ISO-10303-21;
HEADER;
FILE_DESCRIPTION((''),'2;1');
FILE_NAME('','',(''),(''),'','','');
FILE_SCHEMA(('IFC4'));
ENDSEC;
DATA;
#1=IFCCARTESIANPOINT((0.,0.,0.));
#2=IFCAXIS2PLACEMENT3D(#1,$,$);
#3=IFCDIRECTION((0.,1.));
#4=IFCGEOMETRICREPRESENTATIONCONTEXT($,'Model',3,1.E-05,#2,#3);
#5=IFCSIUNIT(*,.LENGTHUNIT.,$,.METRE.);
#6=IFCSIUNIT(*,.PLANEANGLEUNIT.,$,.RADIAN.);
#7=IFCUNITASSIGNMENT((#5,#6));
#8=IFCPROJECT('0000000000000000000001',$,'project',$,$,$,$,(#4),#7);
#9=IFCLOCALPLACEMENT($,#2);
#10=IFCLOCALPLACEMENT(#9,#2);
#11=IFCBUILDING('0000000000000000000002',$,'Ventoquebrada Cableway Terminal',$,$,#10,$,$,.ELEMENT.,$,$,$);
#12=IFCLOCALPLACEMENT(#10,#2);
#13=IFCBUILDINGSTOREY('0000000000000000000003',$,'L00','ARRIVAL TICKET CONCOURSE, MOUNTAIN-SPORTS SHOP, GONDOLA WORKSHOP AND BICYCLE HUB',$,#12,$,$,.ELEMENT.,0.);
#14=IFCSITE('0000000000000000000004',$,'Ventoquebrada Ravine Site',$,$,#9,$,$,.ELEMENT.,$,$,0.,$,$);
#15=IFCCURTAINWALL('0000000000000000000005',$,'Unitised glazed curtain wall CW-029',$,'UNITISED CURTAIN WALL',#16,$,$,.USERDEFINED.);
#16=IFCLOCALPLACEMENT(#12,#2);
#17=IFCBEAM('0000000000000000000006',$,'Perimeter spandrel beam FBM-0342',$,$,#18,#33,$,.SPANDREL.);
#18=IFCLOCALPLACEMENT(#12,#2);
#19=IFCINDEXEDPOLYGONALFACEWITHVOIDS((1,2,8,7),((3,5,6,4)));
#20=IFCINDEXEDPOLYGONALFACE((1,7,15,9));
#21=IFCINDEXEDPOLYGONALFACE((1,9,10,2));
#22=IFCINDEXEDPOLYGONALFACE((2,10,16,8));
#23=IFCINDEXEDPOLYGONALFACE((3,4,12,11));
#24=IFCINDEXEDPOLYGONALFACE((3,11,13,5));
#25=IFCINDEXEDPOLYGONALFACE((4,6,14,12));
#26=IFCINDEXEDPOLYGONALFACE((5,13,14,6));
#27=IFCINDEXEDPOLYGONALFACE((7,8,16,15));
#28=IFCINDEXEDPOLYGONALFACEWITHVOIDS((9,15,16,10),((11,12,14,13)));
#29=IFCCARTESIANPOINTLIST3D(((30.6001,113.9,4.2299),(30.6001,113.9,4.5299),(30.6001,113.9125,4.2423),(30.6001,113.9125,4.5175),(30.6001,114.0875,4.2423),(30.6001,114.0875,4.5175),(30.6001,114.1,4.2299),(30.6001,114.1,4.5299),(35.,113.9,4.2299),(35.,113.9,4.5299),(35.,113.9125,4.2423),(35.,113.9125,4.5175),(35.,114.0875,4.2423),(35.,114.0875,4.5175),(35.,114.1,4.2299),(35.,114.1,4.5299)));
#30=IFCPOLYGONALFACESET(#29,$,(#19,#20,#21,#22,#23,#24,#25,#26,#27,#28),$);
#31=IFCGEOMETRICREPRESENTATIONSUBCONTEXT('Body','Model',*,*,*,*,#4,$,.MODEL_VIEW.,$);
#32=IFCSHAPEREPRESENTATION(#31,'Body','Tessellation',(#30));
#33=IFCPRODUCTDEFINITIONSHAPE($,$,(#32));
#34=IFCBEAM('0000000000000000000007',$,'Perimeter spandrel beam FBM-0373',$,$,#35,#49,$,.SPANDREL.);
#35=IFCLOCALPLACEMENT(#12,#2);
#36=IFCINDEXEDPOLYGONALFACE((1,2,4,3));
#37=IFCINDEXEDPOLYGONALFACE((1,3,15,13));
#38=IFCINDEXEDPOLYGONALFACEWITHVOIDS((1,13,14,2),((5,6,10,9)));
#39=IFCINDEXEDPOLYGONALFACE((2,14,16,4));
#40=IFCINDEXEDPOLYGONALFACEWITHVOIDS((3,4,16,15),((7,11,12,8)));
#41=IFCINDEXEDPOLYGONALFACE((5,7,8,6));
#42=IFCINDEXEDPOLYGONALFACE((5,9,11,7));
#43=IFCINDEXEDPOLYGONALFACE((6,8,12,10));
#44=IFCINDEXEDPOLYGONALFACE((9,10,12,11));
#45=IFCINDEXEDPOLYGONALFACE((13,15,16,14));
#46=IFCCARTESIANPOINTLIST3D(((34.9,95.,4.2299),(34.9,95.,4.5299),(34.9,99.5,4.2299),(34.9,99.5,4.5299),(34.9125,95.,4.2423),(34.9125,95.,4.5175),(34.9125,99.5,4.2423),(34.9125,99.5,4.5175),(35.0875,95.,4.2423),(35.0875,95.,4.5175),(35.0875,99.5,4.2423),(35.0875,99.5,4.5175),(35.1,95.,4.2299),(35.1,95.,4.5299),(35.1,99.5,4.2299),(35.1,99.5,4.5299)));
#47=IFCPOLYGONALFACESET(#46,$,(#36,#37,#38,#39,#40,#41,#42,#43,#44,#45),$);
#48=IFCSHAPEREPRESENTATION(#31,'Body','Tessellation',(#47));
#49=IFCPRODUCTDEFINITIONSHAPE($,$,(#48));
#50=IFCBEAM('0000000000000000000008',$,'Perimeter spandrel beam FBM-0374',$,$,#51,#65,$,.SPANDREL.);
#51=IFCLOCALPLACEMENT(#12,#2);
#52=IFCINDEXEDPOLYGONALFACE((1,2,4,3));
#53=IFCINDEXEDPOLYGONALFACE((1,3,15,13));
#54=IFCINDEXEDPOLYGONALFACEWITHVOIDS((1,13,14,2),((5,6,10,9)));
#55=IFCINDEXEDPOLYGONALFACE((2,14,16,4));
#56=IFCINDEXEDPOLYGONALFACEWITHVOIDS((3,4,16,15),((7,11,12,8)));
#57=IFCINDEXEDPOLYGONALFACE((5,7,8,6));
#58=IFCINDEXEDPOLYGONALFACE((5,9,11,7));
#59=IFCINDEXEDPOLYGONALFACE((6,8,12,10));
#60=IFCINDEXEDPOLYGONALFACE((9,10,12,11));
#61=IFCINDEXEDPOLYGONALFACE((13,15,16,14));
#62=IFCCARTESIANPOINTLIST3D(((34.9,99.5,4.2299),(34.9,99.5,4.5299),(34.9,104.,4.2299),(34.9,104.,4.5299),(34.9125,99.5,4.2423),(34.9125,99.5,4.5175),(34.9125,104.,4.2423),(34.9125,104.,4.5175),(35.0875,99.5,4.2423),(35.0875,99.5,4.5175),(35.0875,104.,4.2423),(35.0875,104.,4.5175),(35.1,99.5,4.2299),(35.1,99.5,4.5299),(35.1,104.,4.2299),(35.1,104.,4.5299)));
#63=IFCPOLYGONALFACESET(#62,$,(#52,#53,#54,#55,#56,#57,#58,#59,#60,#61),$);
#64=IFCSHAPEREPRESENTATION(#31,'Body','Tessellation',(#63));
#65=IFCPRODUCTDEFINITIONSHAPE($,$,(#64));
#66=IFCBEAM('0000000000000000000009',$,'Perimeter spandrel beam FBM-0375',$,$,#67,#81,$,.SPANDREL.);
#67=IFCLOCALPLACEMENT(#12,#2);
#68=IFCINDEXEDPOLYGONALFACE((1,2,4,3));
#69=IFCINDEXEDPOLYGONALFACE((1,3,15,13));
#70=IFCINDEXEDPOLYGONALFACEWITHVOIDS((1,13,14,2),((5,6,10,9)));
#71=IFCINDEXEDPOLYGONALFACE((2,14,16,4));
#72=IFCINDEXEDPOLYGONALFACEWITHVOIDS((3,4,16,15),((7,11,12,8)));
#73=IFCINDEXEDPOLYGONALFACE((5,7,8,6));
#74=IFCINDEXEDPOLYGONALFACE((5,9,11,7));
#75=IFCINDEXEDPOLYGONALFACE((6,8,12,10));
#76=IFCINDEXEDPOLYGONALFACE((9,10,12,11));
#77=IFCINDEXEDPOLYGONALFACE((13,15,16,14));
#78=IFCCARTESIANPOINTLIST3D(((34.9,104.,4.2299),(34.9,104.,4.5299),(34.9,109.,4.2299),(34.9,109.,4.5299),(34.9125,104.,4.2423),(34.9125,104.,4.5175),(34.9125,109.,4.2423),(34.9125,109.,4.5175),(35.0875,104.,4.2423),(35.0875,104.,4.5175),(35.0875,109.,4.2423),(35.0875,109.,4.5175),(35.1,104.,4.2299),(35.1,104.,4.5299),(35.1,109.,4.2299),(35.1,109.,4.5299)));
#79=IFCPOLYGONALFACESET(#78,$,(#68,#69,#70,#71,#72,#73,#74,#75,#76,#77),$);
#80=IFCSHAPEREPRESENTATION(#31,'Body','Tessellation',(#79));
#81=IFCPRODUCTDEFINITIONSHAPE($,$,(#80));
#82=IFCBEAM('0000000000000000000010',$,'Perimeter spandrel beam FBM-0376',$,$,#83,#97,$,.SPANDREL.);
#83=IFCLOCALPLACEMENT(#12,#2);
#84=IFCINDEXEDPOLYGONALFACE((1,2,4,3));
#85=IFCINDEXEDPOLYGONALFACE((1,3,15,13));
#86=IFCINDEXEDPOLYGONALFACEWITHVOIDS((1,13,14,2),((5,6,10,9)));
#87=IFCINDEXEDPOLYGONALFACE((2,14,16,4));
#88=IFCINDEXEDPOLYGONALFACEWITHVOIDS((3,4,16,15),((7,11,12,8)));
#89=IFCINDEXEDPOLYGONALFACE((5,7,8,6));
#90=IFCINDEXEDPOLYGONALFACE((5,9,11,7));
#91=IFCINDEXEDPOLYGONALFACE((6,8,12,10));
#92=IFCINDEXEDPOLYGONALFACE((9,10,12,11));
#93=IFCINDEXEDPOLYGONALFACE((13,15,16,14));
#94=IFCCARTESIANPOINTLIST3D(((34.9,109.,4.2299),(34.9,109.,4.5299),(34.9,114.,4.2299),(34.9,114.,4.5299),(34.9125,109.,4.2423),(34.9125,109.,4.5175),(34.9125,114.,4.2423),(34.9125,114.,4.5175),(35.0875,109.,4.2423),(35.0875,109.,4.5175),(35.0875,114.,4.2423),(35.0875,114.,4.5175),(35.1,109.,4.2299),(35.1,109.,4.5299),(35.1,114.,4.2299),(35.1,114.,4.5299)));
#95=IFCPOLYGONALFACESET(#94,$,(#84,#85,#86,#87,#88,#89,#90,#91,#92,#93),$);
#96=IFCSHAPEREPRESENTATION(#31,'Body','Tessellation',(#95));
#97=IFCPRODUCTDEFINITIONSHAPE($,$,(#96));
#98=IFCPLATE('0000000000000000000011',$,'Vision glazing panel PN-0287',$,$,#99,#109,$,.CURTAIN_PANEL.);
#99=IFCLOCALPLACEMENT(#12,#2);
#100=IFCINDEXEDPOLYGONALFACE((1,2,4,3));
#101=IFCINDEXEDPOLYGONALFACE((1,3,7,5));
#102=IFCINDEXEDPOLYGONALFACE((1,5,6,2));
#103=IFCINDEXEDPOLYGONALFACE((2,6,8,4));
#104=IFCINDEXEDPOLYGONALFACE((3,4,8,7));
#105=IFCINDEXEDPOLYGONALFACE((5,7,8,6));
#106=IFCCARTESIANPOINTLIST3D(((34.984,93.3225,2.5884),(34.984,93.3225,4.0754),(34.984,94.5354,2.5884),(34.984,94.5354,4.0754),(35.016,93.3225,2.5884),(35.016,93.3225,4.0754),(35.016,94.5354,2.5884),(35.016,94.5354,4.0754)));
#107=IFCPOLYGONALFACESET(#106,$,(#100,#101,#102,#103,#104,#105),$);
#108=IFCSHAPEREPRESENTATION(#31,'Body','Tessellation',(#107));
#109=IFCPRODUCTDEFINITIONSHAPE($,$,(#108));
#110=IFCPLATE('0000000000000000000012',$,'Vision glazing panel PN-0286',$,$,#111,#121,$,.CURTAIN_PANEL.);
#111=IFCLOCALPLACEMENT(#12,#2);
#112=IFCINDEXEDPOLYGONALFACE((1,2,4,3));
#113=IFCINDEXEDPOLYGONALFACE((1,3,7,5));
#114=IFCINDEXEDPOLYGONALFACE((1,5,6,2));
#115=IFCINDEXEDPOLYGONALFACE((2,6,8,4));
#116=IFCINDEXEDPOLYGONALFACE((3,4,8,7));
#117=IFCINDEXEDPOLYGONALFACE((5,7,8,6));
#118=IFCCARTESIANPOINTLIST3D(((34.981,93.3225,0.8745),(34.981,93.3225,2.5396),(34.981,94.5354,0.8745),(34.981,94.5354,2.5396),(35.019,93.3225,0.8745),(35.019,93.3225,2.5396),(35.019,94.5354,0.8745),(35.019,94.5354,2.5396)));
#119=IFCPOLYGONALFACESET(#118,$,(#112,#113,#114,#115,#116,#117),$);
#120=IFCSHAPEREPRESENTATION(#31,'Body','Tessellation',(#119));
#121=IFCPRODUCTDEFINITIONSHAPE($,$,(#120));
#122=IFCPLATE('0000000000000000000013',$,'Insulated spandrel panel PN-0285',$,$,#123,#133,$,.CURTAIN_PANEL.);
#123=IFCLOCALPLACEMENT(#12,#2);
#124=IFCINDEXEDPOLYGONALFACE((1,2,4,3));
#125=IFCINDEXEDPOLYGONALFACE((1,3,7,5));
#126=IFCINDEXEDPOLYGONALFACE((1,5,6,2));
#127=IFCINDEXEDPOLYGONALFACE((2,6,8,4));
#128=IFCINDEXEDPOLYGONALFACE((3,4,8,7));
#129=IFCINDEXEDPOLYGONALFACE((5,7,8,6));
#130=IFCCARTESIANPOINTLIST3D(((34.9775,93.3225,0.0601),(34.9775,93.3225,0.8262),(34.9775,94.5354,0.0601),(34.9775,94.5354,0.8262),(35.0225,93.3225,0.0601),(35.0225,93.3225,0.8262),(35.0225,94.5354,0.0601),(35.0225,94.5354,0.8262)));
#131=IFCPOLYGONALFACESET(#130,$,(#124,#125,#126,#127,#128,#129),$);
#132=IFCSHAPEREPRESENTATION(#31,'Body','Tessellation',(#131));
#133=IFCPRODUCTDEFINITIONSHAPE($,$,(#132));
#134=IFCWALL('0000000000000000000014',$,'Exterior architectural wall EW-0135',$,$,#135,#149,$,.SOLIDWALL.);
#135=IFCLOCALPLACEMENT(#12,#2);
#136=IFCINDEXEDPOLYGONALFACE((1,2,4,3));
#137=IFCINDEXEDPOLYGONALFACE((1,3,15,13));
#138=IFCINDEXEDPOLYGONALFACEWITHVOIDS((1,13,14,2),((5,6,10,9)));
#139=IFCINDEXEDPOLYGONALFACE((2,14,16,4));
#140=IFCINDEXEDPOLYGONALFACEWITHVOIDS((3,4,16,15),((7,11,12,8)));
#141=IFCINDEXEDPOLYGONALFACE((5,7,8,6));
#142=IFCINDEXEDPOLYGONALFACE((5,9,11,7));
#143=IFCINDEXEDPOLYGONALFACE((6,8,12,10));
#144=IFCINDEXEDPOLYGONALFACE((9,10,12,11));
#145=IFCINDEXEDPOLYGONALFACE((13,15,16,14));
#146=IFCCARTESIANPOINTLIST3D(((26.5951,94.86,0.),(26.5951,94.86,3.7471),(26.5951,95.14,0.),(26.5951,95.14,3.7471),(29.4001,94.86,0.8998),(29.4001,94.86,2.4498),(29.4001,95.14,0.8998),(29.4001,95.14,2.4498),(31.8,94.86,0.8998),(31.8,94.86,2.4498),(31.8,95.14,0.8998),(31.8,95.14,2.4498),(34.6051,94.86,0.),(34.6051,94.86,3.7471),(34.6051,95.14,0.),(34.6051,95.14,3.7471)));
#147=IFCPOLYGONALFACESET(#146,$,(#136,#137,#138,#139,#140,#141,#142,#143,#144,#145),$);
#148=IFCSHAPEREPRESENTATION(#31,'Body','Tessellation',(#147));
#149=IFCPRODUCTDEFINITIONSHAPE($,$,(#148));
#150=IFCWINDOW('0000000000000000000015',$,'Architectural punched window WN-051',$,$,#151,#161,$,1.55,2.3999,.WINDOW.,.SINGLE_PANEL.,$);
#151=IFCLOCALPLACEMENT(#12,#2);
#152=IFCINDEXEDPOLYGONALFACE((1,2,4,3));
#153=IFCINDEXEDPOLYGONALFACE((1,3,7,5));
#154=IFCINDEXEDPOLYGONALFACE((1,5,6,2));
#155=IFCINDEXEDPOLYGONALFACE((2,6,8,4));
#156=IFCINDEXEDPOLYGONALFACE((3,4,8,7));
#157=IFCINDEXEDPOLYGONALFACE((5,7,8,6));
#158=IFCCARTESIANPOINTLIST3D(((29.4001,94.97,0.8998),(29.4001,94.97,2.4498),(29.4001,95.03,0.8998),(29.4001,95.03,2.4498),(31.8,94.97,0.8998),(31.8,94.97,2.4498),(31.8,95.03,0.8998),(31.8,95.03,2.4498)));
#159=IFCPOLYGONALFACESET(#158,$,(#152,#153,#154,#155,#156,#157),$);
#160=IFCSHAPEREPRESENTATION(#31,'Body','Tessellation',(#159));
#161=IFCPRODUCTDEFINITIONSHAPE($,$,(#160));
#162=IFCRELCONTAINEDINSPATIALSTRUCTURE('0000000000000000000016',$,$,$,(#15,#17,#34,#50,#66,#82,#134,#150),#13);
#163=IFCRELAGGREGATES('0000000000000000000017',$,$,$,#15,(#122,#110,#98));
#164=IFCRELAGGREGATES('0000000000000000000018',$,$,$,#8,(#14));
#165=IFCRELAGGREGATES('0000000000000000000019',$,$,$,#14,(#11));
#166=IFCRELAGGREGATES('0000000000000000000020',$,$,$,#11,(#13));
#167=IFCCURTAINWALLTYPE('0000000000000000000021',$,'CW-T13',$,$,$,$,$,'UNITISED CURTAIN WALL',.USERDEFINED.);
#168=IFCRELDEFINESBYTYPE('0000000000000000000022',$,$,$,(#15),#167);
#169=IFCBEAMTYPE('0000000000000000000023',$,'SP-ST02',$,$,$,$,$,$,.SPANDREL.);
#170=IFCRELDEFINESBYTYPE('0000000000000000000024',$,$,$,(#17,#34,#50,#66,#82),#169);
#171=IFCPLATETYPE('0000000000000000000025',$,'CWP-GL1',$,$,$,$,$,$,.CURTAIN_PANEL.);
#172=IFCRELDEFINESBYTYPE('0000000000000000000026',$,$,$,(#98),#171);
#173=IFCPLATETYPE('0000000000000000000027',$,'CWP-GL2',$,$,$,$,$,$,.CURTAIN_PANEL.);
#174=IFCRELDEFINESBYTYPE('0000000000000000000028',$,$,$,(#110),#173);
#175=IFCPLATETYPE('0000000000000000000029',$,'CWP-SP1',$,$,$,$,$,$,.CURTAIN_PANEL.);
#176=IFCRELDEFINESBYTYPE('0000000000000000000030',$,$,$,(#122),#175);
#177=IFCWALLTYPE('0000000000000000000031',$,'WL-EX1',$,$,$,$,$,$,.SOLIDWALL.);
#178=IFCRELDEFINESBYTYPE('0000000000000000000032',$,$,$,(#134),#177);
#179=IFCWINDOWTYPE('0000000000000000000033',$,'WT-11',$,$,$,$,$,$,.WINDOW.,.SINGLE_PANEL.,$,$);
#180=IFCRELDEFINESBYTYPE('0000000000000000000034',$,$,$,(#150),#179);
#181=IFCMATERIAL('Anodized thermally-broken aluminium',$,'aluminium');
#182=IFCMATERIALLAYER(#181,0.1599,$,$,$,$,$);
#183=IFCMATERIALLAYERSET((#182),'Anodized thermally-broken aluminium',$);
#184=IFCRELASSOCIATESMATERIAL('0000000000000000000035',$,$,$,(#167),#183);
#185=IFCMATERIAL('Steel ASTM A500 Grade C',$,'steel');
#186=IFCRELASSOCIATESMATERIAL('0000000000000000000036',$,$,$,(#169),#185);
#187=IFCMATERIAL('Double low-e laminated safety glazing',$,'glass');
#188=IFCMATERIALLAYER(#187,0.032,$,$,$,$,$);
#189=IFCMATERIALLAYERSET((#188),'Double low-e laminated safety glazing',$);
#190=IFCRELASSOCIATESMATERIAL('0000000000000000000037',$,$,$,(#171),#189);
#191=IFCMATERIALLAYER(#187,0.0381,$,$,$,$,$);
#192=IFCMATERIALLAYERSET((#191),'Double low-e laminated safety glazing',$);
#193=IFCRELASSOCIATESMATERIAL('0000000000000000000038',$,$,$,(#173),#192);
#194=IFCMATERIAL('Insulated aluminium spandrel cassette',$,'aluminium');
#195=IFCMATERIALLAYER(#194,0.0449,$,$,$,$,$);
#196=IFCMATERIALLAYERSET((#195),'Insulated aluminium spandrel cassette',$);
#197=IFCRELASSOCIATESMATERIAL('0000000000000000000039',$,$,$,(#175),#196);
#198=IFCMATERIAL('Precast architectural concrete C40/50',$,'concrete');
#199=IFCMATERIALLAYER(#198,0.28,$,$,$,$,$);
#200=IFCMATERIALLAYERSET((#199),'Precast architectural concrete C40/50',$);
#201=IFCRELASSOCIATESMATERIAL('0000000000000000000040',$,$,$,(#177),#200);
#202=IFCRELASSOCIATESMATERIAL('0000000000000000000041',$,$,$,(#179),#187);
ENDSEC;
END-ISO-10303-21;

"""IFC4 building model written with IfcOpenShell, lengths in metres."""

from ifc_helpers import new_model, si_unit, direction, frame, frame_2d, origin, origin_2d, place, context, subcontext, project, spatial, rectangle, hollow_rectangle, extrude, material, layer, layer_set, material_profile, profile_set, type_object, element, fill, aggregate, save


model = new_model("IFC4")

# Units and contexts
model_context = context("Model", 3, precision=1e-05, world=origin(), true_north=direction((0.0, 1.0)))
body_context = subcontext(model_context, "Body", "Model", "MODEL_VIEW")
ifc_project = project(units=[si_unit("LENGTHUNIT", "METRE"), si_unit("PLANEANGLEUNIT", "RADIAN")], contexts=[model_context])

# Site, building, storey
site_placement = place(None, origin())
site = spatial("IfcSite", under=ifc_project, at=site_placement, Name="Ventoquebrada Ravine Site", CompositionType="ELEMENT", RefElevation=0.0)
building_placement = place(site_placement, origin())
building = spatial("IfcBuilding", under=site, at=building_placement, Name="Ventoquebrada Cableway Terminal", CompositionType="ELEMENT")
storey_placement = place(building_placement, origin())
storey = spatial("IfcBuildingStorey", under=building, at=storey_placement, Name="L00", Description="ARRIVAL TICKET CONCOURSE, MOUNTAIN-SPORTS SHOP, GONDOLA WORKSHOP AND BICYCLE HUB", CompositionType="ELEMENT", Elevation=0.0)

# Curtain wall
ifc_material_1 = material(Name="Anodized thermally-broken aluminium", Category="aluminium")
ifc_layer_1 = layer(ifc_material_1, 0.1599)
ifc_layer_set_1 = layer_set([ifc_layer_1], Name="Anodized thermally-broken aluminium")
curtain_wall_type = type_object("IfcCurtainWallType", Name="CW-T13", ElementType="UNITISED CURTAIN WALL", PredefinedType="USERDEFINED", material=ifc_layer_set_1)
curtain_wall_placement = place(storey_placement, origin())
curtain_wall = element("IfcCurtainWall", 1, at=curtain_wall_placement, inside=storey, type_object=curtain_wall_type, Name="Unitised glazed curtain wall CW-029", ObjectType="UNITISED CURTAIN WALL", PredefinedType="USERDEFINED")

# Beams
ifc_material_2 = material(Name="Steel ASTM A500 Grade C", Category="steel")
ifc_material_profile_1 = material_profile(ifc_material_2, hollow_rectangle(XDim=0.2, YDim=0.3, WallThickness=0.0125, at=origin_2d()), Name="RHS300X200X12.5")
ifc_profile_set_1 = profile_set([ifc_material_profile_1], Name="Steel ASTM A500 Grade C")
beam_type = type_object("IfcBeamType", Name="SP-ST02", PredefinedType="SPANDREL", material=ifc_profile_set_1)
beam_placement = place(storey_placement, frame((30.6001, 114.0, 4.3799), z_axis=(1.0, 0.0, 0.0), x_axis=(0.0, 1.0, 0.0)))
element("IfcBeam", 2, at=beam_placement, inside=storey, type_object=beam_type, Name="Perimeter spandrel beam FBM-0342", PredefinedType="SPANDREL", context=body_context, shape_type="SweptSolid", body=[
    extrude(hollow_rectangle(XDim=0.2, YDim=0.3, WallThickness=0.0125, at=origin_2d()), origin(), (0.0, 0.0, 1.0), 4.3999),
])
for number, where, z_axis, x_axis, name in (
    (3, (35.0, 95.0, 4.3799), (0.0, 1.0, 0.0), (-1.0, 0.0, 0.0), "Perimeter spandrel beam FBM-0373"),
    (4, (35.0, 99.5, 4.3799), (0.0, 1.0, 0.0), (-1.0, 0.0, 0.0), "Perimeter spandrel beam FBM-0374"),
):
    element("IfcBeam", number, at=place(storey_placement, frame(where, z_axis=z_axis, x_axis=x_axis)), inside=storey, type_object=beam_type, Name=name, PredefinedType="SPANDREL", context=body_context, shape_type="SweptSolid", body=[
        extrude(hollow_rectangle(XDim=0.2, YDim=0.3, WallThickness=0.0125, at=origin_2d()), origin(), (0.0, 0.0, 1.0), 4.5),
    ])
for number, where, z_axis, x_axis, name in (
    (5, (35.0, 104.0, 4.3799), (0.0, 1.0, 0.0), (-1.0, 0.0, 0.0), "Perimeter spandrel beam FBM-0375"),
    (6, (35.0, 109.0, 4.3799), (0.0, 1.0, 0.0), (-1.0, 0.0, 0.0), "Perimeter spandrel beam FBM-0376"),
):
    element("IfcBeam", number, at=place(storey_placement, frame(where, z_axis=z_axis, x_axis=x_axis)), inside=storey, type_object=beam_type, Name=name, PredefinedType="SPANDREL", context=body_context, shape_type="SweptSolid", body=[
        extrude(hollow_rectangle(XDim=0.2, YDim=0.3, WallThickness=0.0125, at=origin_2d()), origin(), (0.0, 0.0, 1.0), 5.0),
    ])

# Plates
ifc_material_3 = material(Name="Double low-e laminated safety glazing", Category="glass")
ifc_layer_2 = layer(ifc_material_3, 0.032)
ifc_layer_set_2 = layer_set([ifc_layer_2], Name="Double low-e laminated safety glazing")
plate_type_1 = type_object("IfcPlateType", Name="CWP-GL1", PredefinedType="CURTAIN_PANEL", material=ifc_layer_set_2)
plate_1_placement = place(storey_placement, frame((35.0, 93.929, 2.5884), z_axis=(0.0, 0.0, 1.0), x_axis=(0.0, 1.0, 0.0)))
plate_1 = element("IfcPlate", 7, at=plate_1_placement, type_object=plate_type_1, Name="Vision glazing panel PN-0287", PredefinedType="CURTAIN_PANEL", context=body_context, shape_type="SweptSolid", body=[
    extrude(rectangle(XDim=1.2129, YDim=0.032, at=origin_2d()), origin(), (0.0, 0.0, 1.0), 1.4871),
])
ifc_layer_3 = layer(ifc_material_3, 0.0381)
ifc_layer_set_3 = layer_set([ifc_layer_3], Name="Double low-e laminated safety glazing")
plate_type_2 = type_object("IfcPlateType", Name="CWP-GL2", PredefinedType="CURTAIN_PANEL", material=ifc_layer_set_3)
plate_2_placement = place(storey_placement, frame((35.0, 93.929, 0.8745), z_axis=(0.0, 0.0, 1.0), x_axis=(0.0, 1.0, 0.0)))
plate_2 = element("IfcPlate", 8, at=plate_2_placement, type_object=plate_type_2, Name="Vision glazing panel PN-0286", PredefinedType="CURTAIN_PANEL", context=body_context, shape_type="SweptSolid", body=[
    extrude(rectangle(XDim=1.2129, YDim=0.0381, at=origin_2d()), origin(), (0.0, 0.0, 1.0), 1.665),
])
ifc_material_4 = material(Name="Insulated aluminium spandrel cassette", Category="aluminium")
ifc_layer_4 = layer(ifc_material_4, 0.0449)
ifc_layer_set_4 = layer_set([ifc_layer_4], Name="Insulated aluminium spandrel cassette")
plate_type_3 = type_object("IfcPlateType", Name="CWP-SP1", PredefinedType="CURTAIN_PANEL", material=ifc_layer_set_4)
plate_3_placement = place(storey_placement, frame((35.0, 93.929, 0.0601), z_axis=(0.0, 0.0, 1.0), x_axis=(0.0, 1.0, 0.0)))
plate_3 = element("IfcPlate", 9, at=plate_3_placement, type_object=plate_type_3, Name="Insulated spandrel panel PN-0285", PredefinedType="CURTAIN_PANEL", context=body_context, shape_type="SweptSolid", body=[
    extrude(rectangle(XDim=1.2129, YDim=0.0449, at=origin_2d()), origin(), (0.0, 0.0, 1.0), 0.7661),
])
aggregate(curtain_wall, [plate_3, plate_2, plate_1])

# Wall, opening, window
ifc_material_5 = material(Name="Precast architectural concrete C40/50", Category="concrete")
ifc_layer_5 = layer(ifc_material_5, 0.28)
ifc_layer_set_5 = layer_set([ifc_layer_5], Name="Precast architectural concrete C40/50")
wall_type = type_object("IfcWallType", Name="WL-EX1", PredefinedType="SOLIDWALL", material=ifc_layer_set_5)
wall_placement = place(storey_placement, frame((34.605, 95.0, 0.0), z_axis=(0.0, 0.0, 1.0), x_axis=(-1.0, 0.0, 0.0)))
wall = element("IfcWall", 10, at=wall_placement, inside=storey, type_object=wall_type, Name="Exterior architectural wall EW-0135", PredefinedType="SOLIDWALL", context=body_context, shape_type="SweptSolid", body=[
    extrude(rectangle(XDim=8.01, YDim=0.28, at=frame_2d((4.0049, 0.0))), origin(), (0.0, 0.0, 1.0), 3.7471),
])
opening_placement = place(wall_placement, frame((2.8049, 0.0, 0.8999)))
opening = element("IfcOpeningElement", 11, at=opening_placement, cuts=wall, PredefinedType="OPENING", context=body_context, shape_type="SweptSolid", body=[
    extrude(rectangle(XDim=2.3999, YDim=1.55, at=frame_2d((1.2, 0.7749))), frame((0.0, 0.1499, 0.0), z_axis=(0.0, -1.0, 0.0), x_axis=(1.0, 0.0, 0.0)), (0.0, 0.0, 1.0), 0.3),
])
window_type = type_object("IfcWindowType", Name="WT-11", PartitioningType="SINGLE_PANEL", PredefinedType="WINDOW", material=ifc_material_3)
window_placement = place(opening_placement, origin())
window = element("IfcWindow", 12, at=window_placement, inside=storey, type_object=window_type, Name="Architectural punched window WN-051", OverallHeight=1.55, OverallWidth=2.3999, PartitioningType="SINGLE_PANEL", PredefinedType="WINDOW", context=body_context, shape_type="SweptSolid", body=[
    extrude(rectangle(XDim=2.3999, YDim=1.55, at=frame_2d((1.2, 0.7749))), frame((0.0, 0.03, 0.0), z_axis=(0.0, -1.0, 0.0), x_axis=(1.0, 0.0, 0.0)), (0.0, 0.0, 1.0), 0.0601),
])
fill(opening, window)

save(model, "model.ifc")
